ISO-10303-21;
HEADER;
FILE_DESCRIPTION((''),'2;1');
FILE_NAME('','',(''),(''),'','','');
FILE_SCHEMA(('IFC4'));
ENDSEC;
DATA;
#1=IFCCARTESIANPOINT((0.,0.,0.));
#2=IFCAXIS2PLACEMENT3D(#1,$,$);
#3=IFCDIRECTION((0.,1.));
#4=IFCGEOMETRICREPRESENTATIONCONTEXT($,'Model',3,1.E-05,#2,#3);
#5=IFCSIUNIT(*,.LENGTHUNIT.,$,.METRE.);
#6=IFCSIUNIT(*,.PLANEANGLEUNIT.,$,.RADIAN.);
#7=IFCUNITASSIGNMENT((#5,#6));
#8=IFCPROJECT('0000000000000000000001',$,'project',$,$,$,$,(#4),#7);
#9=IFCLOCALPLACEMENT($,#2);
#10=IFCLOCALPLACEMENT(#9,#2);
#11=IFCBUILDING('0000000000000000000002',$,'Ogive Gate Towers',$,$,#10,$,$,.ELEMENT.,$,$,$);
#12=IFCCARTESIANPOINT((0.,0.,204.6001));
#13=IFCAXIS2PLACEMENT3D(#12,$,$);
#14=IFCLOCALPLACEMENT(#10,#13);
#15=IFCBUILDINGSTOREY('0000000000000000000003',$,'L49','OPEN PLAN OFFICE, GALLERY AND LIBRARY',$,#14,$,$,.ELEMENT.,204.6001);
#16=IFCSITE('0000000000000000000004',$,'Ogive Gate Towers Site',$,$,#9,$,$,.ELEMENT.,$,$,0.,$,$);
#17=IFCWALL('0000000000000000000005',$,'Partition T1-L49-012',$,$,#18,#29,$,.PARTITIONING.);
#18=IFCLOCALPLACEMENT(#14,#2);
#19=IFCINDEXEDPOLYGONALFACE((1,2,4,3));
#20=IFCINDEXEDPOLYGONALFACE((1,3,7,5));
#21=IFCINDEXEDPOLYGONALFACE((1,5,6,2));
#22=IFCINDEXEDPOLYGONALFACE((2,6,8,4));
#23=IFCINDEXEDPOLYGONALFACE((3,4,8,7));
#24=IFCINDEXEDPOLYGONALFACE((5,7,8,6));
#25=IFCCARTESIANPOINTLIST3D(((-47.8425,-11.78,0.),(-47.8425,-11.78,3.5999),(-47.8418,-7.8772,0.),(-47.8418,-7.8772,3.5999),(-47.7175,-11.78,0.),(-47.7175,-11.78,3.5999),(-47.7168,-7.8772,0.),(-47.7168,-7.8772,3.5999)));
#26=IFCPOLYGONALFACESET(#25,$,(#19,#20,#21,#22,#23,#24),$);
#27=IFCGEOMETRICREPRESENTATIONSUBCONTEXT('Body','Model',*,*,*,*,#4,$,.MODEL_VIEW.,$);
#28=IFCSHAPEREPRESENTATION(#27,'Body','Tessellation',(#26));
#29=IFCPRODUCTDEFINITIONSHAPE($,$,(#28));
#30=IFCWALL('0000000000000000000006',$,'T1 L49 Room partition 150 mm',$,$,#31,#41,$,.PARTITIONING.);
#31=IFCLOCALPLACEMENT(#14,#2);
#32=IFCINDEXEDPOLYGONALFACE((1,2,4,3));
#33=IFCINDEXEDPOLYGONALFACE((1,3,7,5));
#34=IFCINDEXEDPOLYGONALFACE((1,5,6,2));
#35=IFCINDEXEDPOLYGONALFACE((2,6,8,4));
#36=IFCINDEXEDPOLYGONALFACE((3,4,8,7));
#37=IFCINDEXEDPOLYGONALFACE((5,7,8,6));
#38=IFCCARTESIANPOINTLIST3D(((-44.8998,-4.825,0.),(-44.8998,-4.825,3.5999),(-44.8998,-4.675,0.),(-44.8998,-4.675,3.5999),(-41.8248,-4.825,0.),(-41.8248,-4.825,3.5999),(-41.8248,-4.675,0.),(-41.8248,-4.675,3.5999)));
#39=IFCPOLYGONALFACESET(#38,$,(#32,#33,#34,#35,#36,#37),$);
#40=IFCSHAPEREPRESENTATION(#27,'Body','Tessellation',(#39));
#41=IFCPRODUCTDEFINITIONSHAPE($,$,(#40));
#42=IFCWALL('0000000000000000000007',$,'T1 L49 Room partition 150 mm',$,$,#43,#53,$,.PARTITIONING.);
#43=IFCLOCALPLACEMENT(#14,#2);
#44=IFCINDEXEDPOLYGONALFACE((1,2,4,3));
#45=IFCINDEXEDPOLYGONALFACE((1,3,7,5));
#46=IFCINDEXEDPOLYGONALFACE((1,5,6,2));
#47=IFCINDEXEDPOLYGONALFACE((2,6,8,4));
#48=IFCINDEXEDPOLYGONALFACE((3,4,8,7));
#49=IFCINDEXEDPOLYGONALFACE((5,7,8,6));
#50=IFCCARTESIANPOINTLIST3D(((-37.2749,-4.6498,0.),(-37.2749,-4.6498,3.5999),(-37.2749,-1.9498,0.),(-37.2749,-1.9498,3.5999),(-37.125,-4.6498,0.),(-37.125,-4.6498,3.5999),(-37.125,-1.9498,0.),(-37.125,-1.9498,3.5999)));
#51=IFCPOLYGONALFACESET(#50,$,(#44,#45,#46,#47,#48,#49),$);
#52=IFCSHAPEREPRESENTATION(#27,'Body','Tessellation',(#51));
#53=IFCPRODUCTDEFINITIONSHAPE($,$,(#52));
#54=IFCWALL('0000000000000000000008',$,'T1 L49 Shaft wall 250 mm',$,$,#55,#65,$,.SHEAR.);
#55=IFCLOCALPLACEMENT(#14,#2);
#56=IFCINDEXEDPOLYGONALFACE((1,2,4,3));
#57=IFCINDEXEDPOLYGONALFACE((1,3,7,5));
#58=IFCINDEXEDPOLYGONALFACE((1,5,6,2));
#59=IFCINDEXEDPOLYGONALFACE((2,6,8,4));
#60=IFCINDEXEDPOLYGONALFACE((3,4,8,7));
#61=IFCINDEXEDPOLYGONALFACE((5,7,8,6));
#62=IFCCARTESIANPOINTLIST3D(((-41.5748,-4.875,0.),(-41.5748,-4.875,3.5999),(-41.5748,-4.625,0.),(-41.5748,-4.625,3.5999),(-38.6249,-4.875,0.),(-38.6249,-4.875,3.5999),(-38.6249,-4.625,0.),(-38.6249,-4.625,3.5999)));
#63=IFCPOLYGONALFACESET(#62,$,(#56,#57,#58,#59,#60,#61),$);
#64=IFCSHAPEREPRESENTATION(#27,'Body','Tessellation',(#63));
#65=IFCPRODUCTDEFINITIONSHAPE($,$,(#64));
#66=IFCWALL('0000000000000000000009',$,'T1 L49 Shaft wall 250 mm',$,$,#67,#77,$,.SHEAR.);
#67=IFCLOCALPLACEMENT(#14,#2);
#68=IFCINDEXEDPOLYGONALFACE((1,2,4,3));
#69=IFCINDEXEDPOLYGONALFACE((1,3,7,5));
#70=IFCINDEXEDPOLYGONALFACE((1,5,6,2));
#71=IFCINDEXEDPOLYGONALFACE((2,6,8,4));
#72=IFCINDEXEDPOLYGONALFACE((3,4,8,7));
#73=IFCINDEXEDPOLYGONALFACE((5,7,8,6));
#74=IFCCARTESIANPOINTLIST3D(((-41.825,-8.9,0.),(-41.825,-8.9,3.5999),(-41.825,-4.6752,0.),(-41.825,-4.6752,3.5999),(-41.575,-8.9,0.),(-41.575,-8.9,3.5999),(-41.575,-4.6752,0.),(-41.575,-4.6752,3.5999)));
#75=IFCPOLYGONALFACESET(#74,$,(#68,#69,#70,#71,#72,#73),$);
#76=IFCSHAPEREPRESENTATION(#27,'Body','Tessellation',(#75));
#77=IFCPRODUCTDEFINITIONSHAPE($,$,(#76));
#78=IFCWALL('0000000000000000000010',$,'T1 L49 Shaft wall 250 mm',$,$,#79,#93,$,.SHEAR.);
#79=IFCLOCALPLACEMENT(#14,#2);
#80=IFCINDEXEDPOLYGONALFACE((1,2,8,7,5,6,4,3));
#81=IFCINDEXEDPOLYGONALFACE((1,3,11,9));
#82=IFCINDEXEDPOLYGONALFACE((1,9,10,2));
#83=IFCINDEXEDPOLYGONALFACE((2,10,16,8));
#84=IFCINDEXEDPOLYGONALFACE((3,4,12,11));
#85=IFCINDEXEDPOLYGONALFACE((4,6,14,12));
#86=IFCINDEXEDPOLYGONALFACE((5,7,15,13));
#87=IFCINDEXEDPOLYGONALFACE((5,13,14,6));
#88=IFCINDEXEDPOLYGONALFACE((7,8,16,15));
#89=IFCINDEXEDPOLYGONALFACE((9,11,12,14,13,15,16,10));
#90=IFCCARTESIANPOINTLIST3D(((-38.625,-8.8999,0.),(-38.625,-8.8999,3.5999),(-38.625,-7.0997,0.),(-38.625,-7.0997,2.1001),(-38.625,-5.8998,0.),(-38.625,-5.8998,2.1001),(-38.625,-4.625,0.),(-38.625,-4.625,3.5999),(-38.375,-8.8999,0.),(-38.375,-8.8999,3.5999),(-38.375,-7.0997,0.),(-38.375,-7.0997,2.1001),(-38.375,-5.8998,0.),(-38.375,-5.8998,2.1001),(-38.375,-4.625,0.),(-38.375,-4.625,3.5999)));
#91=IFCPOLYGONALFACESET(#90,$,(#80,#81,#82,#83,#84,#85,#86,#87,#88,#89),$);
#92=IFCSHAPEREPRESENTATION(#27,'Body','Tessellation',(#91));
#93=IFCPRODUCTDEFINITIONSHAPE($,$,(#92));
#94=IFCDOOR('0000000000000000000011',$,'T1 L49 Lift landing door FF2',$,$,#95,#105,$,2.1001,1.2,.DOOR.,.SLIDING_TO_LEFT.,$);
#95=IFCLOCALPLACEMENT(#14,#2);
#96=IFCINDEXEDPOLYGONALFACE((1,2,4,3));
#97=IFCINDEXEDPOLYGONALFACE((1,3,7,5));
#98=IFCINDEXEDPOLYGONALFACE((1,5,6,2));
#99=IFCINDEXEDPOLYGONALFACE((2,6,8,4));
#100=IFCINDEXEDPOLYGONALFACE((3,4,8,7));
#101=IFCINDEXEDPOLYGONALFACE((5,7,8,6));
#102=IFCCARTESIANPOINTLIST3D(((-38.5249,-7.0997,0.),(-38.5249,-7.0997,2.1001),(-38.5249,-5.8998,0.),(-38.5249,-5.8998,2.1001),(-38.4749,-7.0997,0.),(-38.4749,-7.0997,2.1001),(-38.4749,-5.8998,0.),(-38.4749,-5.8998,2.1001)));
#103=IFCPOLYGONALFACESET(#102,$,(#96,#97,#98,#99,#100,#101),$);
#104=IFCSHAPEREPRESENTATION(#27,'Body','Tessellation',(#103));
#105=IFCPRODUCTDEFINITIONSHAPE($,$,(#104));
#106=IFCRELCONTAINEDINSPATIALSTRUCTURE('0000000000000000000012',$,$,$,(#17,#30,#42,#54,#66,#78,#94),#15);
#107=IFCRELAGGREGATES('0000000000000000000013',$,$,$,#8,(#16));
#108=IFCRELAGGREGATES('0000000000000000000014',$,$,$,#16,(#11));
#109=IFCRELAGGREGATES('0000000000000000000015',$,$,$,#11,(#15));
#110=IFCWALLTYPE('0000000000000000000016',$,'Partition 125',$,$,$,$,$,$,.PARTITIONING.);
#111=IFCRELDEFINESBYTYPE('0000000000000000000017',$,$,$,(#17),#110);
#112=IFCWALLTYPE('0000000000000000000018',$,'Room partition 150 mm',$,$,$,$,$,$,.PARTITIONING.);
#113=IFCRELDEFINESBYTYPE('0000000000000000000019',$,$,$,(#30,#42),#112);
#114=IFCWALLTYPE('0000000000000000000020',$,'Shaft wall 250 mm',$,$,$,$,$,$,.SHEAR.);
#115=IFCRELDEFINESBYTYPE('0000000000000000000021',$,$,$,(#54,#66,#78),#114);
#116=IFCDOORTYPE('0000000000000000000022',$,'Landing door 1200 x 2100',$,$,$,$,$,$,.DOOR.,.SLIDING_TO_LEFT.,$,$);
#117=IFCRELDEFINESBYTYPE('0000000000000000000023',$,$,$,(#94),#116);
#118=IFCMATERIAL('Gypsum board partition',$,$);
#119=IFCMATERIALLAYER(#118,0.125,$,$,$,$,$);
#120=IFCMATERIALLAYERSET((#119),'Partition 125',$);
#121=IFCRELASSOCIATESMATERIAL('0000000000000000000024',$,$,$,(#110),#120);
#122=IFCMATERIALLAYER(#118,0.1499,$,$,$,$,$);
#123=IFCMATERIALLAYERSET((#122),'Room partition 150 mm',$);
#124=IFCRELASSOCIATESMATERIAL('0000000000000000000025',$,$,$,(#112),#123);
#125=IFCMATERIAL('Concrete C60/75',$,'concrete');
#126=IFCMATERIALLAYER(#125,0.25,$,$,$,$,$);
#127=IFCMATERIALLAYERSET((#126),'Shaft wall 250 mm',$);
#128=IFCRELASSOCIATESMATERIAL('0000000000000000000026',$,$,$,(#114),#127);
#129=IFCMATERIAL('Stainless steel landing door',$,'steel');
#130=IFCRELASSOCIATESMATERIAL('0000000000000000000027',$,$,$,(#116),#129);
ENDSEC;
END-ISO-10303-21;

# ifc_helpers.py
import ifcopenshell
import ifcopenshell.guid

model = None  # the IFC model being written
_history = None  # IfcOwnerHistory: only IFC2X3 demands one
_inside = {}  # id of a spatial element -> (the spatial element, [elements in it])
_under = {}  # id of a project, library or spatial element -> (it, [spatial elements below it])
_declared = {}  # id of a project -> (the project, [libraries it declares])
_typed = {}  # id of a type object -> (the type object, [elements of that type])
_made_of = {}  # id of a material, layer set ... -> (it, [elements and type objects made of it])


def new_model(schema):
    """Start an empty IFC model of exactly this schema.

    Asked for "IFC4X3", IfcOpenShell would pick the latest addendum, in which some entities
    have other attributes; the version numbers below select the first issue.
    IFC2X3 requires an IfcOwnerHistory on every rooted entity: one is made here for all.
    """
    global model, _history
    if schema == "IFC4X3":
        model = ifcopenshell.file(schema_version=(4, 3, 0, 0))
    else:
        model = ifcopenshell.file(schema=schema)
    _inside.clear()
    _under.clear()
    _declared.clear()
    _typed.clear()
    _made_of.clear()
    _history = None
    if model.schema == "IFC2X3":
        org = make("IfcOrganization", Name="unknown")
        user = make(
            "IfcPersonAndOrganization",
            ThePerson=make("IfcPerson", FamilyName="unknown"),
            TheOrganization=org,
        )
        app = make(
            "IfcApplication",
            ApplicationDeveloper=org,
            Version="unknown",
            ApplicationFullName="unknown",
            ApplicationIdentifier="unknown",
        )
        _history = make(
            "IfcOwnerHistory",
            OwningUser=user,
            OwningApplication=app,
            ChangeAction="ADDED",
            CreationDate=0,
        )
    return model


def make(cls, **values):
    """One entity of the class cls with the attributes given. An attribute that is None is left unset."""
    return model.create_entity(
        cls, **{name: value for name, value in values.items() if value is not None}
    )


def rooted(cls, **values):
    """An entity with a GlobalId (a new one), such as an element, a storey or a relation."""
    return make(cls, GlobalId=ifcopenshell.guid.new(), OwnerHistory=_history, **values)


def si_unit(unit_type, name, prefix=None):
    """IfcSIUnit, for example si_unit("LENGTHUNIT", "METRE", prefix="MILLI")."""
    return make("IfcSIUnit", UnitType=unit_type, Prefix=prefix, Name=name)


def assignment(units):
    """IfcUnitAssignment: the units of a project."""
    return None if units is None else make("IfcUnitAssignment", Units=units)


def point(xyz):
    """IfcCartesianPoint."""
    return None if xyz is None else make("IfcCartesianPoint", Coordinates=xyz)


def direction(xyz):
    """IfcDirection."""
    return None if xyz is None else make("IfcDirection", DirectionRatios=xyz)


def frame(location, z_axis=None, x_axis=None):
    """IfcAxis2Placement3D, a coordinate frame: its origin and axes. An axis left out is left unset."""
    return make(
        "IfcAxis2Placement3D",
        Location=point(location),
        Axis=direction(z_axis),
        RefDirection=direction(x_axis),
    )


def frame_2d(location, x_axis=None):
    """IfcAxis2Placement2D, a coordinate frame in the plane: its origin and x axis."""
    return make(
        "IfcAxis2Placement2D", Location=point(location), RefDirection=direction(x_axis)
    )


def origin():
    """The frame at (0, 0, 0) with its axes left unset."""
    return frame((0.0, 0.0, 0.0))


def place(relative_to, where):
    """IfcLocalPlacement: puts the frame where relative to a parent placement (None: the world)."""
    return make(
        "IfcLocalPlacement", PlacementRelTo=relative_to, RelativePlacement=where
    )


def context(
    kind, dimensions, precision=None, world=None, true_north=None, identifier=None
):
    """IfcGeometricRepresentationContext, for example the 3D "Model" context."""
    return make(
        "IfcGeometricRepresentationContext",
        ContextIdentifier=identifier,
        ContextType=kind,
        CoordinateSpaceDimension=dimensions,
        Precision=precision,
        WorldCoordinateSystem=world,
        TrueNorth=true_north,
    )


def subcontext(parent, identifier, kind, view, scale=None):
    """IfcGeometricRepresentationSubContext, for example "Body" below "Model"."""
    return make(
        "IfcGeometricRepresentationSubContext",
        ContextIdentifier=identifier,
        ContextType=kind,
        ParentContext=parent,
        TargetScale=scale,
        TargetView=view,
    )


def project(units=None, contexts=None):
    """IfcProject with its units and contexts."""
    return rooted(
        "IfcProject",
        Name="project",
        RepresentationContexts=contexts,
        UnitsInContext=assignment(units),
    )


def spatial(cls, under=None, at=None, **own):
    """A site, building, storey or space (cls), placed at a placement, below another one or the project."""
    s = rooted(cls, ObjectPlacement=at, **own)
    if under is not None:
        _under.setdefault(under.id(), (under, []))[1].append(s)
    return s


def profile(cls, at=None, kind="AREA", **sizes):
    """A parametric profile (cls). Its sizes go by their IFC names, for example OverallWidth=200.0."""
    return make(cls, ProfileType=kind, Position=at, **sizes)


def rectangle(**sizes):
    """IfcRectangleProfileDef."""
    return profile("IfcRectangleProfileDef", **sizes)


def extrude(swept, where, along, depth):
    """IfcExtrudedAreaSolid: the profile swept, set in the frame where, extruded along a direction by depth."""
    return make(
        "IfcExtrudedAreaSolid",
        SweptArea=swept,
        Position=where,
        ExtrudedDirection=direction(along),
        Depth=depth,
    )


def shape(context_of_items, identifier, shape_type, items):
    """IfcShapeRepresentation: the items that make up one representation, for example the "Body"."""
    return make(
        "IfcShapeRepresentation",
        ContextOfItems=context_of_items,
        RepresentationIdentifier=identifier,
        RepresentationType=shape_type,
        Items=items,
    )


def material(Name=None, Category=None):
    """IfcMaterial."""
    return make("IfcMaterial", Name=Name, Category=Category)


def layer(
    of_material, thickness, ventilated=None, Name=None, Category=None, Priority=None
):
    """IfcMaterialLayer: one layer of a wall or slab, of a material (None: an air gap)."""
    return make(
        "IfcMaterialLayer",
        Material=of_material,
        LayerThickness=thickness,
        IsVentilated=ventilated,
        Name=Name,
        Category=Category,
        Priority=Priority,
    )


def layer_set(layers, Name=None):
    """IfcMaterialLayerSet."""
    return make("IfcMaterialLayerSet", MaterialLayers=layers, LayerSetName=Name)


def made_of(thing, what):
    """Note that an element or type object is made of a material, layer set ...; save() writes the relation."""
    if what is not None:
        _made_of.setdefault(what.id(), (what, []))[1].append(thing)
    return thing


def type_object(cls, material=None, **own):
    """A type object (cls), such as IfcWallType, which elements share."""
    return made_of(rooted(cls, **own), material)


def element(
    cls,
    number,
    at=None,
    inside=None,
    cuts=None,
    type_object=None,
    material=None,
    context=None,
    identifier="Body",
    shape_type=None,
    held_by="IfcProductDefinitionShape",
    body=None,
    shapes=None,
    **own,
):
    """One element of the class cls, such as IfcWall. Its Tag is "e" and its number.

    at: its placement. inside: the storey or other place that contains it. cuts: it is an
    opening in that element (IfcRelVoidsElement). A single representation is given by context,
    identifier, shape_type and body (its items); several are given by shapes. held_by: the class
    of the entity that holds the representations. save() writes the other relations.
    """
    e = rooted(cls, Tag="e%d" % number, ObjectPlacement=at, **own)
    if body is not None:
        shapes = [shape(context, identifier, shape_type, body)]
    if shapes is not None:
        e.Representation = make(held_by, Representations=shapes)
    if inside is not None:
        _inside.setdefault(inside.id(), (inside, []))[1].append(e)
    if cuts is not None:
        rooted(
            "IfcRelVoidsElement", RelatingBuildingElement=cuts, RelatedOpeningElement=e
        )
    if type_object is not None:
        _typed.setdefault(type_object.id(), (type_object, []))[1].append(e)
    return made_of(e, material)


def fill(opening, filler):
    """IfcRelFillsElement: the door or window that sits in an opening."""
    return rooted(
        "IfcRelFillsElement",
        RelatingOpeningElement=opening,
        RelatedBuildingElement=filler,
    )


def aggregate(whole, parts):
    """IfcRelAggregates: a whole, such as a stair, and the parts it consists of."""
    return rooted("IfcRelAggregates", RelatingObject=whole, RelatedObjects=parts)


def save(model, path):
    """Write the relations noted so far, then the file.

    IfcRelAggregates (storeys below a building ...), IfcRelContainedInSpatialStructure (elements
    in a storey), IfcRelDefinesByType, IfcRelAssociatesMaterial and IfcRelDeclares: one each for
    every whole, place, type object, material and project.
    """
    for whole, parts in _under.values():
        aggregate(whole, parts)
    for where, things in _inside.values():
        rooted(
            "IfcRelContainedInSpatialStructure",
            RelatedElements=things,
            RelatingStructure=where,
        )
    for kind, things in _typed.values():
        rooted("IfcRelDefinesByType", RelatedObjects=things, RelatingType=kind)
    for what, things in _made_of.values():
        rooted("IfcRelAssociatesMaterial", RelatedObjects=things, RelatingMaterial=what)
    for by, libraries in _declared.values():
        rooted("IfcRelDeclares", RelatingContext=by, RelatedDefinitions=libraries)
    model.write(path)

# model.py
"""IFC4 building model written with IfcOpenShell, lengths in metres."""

from ifc_helpers import new_model, si_unit, direction, frame, frame_2d, origin, place, context, subcontext, project, spatial, rectangle, extrude, material, layer, layer_set, type_object, element, fill, save


model = new_model("IFC4")

# Units and contexts
model_context = context("Model", 3, precision=1e-05, world=origin(), true_north=direction((0.0, 1.0)))
body_context = subcontext(model_context, "Body", "Model", "MODEL_VIEW")
ifc_project = project(units=[si_unit("LENGTHUNIT", "METRE"), si_unit("PLANEANGLEUNIT", "RADIAN")], contexts=[model_context])

# Site, building, storey
site_placement = place(None, origin())
site = spatial("IfcSite", under=ifc_project, at=site_placement, Name="Ogive Gate Towers Site", CompositionType="ELEMENT", RefElevation=0.0)
building_placement = place(site_placement, origin())
building = spatial("IfcBuilding", under=site, at=building_placement, Name="Ogive Gate Towers", CompositionType="ELEMENT")
storey_placement = place(building_placement, frame((0.0, 0.0, 204.6001)))
storey = spatial("IfcBuildingStorey", under=building, at=storey_placement, Name="L49", Description="OPEN PLAN OFFICE, GALLERY AND LIBRARY", CompositionType="ELEMENT", Elevation=204.6001)

# Shared definitions
ifc_material_1 = material(Name="Concrete C60/75", Category="concrete")

# Shared definitions
ifc_material_2 = material(Name="Gypsum board partition")
ifc_layer_1 = layer(ifc_material_2, 0.125)
ifc_layer_set_1 = layer_set([ifc_layer_1], Name="Partition 125")
wall_type_1 = type_object("IfcWallType", Name="Partition 125", PredefinedType="PARTITIONING", material=ifc_layer_set_1)

# Walls
wall_1_placement = place(storey_placement, frame((-47.7793, -7.8772, 0.0), z_axis=(0.0, 0.0, 1.0), x_axis=(-0.000188, -1.0, 0.0)))
element("IfcWall", 1, at=wall_1_placement, inside=storey, type_object=wall_type_1, Name="Partition T1-L49-012", PredefinedType="PARTITIONING", context=body_context, shape_type="SweptSolid", body=[
    extrude(rectangle(XDim=3.9028, YDim=0.125, at=frame_2d((1.9514, 0.0))), origin(), (0.0, 0.0, 1.0), 3.5999),
])
ifc_layer_2 = layer(ifc_material_2, 0.1499)
ifc_layer_set_2 = layer_set([ifc_layer_2], Name="Room partition 150 mm")
wall_type_2 = type_object("IfcWallType", Name="Room partition 150 mm", PredefinedType="PARTITIONING", material=ifc_layer_set_2)
wall_2_placement = place(storey_placement, frame((-44.8999, -4.75, 0.0), z_axis=(0.0, 0.0, 1.0), x_axis=(1.0, 0.0, 0.0)))
element("IfcWall", 2, at=wall_2_placement, inside=storey, type_object=wall_type_2, Name="T1 L49 Room partition 150 mm", PredefinedType="PARTITIONING", context=body_context, shape_type="SweptSolid", body=[
    extrude(rectangle(XDim=3.075, YDim=0.1499, at=frame_2d((1.5376, 0.0))), origin(), (0.0, 0.0, 1.0), 3.5999),
])
wall_3_placement = place(storey_placement, frame((-37.2, -4.6499, 0.0), z_axis=(0.0, 0.0, 1.0), x_axis=(0.0, 1.0, 0.0)))
element("IfcWall", 3, at=wall_3_placement, inside=storey, type_object=wall_type_2, Name="T1 L49 Room partition 150 mm", PredefinedType="PARTITIONING", context=body_context, shape_type="SweptSolid", body=[
    extrude(rectangle(XDim=2.7, YDim=0.1499, at=frame_2d((1.3501, 0.0))), origin(), (0.0, 0.0, 1.0), 3.5999),
])
ifc_layer_3 = layer(ifc_material_1, 0.25)
ifc_layer_set_3 = layer_set([ifc_layer_3], Name="Shaft wall 250 mm")
wall_type_3 = type_object("IfcWallType", Name="Shaft wall 250 mm", PredefinedType="SHEAR", material=ifc_layer_set_3)
wall_4_placement = place(storey_placement, frame((-41.575, -4.75, 0.0), z_axis=(0.0, 0.0, 1.0), x_axis=(1.0, 0.0, 0.0)))
element("IfcWall", 4, at=wall_4_placement, inside=storey, type_object=wall_type_3, Name="T1 L49 Shaft wall 250 mm", PredefinedType="SHEAR", context=body_context, shape_type="SweptSolid", body=[
    extrude(rectangle(XDim=2.95, YDim=0.25, at=frame_2d((1.4751, 0.0))), origin(), (0.0, 0.0, 1.0), 3.5999),
])
wall_5_placement = place(storey_placement, frame((-41.7, -8.8999, 0.0), z_axis=(0.0, 0.0, 1.0), x_axis=(0.0, 1.0, 0.0)))
element("IfcWall", 5, at=wall_5_placement, inside=storey, type_object=wall_type_3, Name="T1 L49 Shaft wall 250 mm", PredefinedType="SHEAR", context=body_context, shape_type="SweptSolid", body=[
    extrude(rectangle(XDim=4.2249, YDim=0.25, at=frame_2d((2.1123, 0.0))), origin(), (0.0, 0.0, 1.0), 3.5999),
])

# Wall, opening, door
wall_6_placement = place(storey_placement, frame((-38.5, -8.8999, 0.0), z_axis=(0.0, 0.0, 1.0), x_axis=(0.0, 1.0, 0.0)))
wall_6 = element("IfcWall", 6, at=wall_6_placement, inside=storey, type_object=wall_type_3, Name="T1 L49 Shaft wall 250 mm", PredefinedType="SHEAR", context=body_context, shape_type="SweptSolid", body=[
    extrude(rectangle(XDim=4.2749, YDim=0.25, at=frame_2d((2.1375, 0.0))), origin(), (0.0, 0.0, 1.0), 3.5999),
])
opening_1_placement = place(wall_6_placement, frame((1.8, 0.0, 0.0)))
opening_1 = element("IfcOpeningElement", 7, at=opening_1_placement, cuts=wall_6, PredefinedType="OPENING", context=body_context, shape_type="SweptSolid", body=[
    extrude(rectangle(XDim=1.2, YDim=2.1001, at=frame_2d((0.6001, 1.05))), frame((0.0, 0.135, 0.0), z_axis=(0.0, -1.0, 0.0), x_axis=(1.0, 0.0, 0.0)), (0.0, 0.0, 1.0), 0.27),
])
ifc_material_3 = material(Name="Stainless steel landing door", Category="steel")
door_type_1 = type_object("IfcDoorType", Name="Landing door 1200 x 2100", OperationType="SLIDING_TO_LEFT", PredefinedType="DOOR", material=ifc_material_3)
door_1_placement = place(opening_1_placement, origin())
door_1 = element("IfcDoor", 8, at=door_1_placement, inside=storey, type_object=door_type_1, Name="T1 L49 Lift landing door FF2", OperationType="SLIDING_TO_LEFT", OverallHeight=2.1001, OverallWidth=1.2, PredefinedType="DOOR", context=body_context, shape_type="SweptSolid", body=[
    extrude(rectangle(XDim=1.2, YDim=2.1001, at=frame_2d((0.6001, 1.05))), frame((0.0, 0.0249, 0.0), z_axis=(0.0, -1.0, 0.0), x_axis=(1.0, 0.0, 0.0)), (0.0, 0.0, 1.0), 0.05),
])
fill(opening_1, door_1)

save(model, "model.ifc")
